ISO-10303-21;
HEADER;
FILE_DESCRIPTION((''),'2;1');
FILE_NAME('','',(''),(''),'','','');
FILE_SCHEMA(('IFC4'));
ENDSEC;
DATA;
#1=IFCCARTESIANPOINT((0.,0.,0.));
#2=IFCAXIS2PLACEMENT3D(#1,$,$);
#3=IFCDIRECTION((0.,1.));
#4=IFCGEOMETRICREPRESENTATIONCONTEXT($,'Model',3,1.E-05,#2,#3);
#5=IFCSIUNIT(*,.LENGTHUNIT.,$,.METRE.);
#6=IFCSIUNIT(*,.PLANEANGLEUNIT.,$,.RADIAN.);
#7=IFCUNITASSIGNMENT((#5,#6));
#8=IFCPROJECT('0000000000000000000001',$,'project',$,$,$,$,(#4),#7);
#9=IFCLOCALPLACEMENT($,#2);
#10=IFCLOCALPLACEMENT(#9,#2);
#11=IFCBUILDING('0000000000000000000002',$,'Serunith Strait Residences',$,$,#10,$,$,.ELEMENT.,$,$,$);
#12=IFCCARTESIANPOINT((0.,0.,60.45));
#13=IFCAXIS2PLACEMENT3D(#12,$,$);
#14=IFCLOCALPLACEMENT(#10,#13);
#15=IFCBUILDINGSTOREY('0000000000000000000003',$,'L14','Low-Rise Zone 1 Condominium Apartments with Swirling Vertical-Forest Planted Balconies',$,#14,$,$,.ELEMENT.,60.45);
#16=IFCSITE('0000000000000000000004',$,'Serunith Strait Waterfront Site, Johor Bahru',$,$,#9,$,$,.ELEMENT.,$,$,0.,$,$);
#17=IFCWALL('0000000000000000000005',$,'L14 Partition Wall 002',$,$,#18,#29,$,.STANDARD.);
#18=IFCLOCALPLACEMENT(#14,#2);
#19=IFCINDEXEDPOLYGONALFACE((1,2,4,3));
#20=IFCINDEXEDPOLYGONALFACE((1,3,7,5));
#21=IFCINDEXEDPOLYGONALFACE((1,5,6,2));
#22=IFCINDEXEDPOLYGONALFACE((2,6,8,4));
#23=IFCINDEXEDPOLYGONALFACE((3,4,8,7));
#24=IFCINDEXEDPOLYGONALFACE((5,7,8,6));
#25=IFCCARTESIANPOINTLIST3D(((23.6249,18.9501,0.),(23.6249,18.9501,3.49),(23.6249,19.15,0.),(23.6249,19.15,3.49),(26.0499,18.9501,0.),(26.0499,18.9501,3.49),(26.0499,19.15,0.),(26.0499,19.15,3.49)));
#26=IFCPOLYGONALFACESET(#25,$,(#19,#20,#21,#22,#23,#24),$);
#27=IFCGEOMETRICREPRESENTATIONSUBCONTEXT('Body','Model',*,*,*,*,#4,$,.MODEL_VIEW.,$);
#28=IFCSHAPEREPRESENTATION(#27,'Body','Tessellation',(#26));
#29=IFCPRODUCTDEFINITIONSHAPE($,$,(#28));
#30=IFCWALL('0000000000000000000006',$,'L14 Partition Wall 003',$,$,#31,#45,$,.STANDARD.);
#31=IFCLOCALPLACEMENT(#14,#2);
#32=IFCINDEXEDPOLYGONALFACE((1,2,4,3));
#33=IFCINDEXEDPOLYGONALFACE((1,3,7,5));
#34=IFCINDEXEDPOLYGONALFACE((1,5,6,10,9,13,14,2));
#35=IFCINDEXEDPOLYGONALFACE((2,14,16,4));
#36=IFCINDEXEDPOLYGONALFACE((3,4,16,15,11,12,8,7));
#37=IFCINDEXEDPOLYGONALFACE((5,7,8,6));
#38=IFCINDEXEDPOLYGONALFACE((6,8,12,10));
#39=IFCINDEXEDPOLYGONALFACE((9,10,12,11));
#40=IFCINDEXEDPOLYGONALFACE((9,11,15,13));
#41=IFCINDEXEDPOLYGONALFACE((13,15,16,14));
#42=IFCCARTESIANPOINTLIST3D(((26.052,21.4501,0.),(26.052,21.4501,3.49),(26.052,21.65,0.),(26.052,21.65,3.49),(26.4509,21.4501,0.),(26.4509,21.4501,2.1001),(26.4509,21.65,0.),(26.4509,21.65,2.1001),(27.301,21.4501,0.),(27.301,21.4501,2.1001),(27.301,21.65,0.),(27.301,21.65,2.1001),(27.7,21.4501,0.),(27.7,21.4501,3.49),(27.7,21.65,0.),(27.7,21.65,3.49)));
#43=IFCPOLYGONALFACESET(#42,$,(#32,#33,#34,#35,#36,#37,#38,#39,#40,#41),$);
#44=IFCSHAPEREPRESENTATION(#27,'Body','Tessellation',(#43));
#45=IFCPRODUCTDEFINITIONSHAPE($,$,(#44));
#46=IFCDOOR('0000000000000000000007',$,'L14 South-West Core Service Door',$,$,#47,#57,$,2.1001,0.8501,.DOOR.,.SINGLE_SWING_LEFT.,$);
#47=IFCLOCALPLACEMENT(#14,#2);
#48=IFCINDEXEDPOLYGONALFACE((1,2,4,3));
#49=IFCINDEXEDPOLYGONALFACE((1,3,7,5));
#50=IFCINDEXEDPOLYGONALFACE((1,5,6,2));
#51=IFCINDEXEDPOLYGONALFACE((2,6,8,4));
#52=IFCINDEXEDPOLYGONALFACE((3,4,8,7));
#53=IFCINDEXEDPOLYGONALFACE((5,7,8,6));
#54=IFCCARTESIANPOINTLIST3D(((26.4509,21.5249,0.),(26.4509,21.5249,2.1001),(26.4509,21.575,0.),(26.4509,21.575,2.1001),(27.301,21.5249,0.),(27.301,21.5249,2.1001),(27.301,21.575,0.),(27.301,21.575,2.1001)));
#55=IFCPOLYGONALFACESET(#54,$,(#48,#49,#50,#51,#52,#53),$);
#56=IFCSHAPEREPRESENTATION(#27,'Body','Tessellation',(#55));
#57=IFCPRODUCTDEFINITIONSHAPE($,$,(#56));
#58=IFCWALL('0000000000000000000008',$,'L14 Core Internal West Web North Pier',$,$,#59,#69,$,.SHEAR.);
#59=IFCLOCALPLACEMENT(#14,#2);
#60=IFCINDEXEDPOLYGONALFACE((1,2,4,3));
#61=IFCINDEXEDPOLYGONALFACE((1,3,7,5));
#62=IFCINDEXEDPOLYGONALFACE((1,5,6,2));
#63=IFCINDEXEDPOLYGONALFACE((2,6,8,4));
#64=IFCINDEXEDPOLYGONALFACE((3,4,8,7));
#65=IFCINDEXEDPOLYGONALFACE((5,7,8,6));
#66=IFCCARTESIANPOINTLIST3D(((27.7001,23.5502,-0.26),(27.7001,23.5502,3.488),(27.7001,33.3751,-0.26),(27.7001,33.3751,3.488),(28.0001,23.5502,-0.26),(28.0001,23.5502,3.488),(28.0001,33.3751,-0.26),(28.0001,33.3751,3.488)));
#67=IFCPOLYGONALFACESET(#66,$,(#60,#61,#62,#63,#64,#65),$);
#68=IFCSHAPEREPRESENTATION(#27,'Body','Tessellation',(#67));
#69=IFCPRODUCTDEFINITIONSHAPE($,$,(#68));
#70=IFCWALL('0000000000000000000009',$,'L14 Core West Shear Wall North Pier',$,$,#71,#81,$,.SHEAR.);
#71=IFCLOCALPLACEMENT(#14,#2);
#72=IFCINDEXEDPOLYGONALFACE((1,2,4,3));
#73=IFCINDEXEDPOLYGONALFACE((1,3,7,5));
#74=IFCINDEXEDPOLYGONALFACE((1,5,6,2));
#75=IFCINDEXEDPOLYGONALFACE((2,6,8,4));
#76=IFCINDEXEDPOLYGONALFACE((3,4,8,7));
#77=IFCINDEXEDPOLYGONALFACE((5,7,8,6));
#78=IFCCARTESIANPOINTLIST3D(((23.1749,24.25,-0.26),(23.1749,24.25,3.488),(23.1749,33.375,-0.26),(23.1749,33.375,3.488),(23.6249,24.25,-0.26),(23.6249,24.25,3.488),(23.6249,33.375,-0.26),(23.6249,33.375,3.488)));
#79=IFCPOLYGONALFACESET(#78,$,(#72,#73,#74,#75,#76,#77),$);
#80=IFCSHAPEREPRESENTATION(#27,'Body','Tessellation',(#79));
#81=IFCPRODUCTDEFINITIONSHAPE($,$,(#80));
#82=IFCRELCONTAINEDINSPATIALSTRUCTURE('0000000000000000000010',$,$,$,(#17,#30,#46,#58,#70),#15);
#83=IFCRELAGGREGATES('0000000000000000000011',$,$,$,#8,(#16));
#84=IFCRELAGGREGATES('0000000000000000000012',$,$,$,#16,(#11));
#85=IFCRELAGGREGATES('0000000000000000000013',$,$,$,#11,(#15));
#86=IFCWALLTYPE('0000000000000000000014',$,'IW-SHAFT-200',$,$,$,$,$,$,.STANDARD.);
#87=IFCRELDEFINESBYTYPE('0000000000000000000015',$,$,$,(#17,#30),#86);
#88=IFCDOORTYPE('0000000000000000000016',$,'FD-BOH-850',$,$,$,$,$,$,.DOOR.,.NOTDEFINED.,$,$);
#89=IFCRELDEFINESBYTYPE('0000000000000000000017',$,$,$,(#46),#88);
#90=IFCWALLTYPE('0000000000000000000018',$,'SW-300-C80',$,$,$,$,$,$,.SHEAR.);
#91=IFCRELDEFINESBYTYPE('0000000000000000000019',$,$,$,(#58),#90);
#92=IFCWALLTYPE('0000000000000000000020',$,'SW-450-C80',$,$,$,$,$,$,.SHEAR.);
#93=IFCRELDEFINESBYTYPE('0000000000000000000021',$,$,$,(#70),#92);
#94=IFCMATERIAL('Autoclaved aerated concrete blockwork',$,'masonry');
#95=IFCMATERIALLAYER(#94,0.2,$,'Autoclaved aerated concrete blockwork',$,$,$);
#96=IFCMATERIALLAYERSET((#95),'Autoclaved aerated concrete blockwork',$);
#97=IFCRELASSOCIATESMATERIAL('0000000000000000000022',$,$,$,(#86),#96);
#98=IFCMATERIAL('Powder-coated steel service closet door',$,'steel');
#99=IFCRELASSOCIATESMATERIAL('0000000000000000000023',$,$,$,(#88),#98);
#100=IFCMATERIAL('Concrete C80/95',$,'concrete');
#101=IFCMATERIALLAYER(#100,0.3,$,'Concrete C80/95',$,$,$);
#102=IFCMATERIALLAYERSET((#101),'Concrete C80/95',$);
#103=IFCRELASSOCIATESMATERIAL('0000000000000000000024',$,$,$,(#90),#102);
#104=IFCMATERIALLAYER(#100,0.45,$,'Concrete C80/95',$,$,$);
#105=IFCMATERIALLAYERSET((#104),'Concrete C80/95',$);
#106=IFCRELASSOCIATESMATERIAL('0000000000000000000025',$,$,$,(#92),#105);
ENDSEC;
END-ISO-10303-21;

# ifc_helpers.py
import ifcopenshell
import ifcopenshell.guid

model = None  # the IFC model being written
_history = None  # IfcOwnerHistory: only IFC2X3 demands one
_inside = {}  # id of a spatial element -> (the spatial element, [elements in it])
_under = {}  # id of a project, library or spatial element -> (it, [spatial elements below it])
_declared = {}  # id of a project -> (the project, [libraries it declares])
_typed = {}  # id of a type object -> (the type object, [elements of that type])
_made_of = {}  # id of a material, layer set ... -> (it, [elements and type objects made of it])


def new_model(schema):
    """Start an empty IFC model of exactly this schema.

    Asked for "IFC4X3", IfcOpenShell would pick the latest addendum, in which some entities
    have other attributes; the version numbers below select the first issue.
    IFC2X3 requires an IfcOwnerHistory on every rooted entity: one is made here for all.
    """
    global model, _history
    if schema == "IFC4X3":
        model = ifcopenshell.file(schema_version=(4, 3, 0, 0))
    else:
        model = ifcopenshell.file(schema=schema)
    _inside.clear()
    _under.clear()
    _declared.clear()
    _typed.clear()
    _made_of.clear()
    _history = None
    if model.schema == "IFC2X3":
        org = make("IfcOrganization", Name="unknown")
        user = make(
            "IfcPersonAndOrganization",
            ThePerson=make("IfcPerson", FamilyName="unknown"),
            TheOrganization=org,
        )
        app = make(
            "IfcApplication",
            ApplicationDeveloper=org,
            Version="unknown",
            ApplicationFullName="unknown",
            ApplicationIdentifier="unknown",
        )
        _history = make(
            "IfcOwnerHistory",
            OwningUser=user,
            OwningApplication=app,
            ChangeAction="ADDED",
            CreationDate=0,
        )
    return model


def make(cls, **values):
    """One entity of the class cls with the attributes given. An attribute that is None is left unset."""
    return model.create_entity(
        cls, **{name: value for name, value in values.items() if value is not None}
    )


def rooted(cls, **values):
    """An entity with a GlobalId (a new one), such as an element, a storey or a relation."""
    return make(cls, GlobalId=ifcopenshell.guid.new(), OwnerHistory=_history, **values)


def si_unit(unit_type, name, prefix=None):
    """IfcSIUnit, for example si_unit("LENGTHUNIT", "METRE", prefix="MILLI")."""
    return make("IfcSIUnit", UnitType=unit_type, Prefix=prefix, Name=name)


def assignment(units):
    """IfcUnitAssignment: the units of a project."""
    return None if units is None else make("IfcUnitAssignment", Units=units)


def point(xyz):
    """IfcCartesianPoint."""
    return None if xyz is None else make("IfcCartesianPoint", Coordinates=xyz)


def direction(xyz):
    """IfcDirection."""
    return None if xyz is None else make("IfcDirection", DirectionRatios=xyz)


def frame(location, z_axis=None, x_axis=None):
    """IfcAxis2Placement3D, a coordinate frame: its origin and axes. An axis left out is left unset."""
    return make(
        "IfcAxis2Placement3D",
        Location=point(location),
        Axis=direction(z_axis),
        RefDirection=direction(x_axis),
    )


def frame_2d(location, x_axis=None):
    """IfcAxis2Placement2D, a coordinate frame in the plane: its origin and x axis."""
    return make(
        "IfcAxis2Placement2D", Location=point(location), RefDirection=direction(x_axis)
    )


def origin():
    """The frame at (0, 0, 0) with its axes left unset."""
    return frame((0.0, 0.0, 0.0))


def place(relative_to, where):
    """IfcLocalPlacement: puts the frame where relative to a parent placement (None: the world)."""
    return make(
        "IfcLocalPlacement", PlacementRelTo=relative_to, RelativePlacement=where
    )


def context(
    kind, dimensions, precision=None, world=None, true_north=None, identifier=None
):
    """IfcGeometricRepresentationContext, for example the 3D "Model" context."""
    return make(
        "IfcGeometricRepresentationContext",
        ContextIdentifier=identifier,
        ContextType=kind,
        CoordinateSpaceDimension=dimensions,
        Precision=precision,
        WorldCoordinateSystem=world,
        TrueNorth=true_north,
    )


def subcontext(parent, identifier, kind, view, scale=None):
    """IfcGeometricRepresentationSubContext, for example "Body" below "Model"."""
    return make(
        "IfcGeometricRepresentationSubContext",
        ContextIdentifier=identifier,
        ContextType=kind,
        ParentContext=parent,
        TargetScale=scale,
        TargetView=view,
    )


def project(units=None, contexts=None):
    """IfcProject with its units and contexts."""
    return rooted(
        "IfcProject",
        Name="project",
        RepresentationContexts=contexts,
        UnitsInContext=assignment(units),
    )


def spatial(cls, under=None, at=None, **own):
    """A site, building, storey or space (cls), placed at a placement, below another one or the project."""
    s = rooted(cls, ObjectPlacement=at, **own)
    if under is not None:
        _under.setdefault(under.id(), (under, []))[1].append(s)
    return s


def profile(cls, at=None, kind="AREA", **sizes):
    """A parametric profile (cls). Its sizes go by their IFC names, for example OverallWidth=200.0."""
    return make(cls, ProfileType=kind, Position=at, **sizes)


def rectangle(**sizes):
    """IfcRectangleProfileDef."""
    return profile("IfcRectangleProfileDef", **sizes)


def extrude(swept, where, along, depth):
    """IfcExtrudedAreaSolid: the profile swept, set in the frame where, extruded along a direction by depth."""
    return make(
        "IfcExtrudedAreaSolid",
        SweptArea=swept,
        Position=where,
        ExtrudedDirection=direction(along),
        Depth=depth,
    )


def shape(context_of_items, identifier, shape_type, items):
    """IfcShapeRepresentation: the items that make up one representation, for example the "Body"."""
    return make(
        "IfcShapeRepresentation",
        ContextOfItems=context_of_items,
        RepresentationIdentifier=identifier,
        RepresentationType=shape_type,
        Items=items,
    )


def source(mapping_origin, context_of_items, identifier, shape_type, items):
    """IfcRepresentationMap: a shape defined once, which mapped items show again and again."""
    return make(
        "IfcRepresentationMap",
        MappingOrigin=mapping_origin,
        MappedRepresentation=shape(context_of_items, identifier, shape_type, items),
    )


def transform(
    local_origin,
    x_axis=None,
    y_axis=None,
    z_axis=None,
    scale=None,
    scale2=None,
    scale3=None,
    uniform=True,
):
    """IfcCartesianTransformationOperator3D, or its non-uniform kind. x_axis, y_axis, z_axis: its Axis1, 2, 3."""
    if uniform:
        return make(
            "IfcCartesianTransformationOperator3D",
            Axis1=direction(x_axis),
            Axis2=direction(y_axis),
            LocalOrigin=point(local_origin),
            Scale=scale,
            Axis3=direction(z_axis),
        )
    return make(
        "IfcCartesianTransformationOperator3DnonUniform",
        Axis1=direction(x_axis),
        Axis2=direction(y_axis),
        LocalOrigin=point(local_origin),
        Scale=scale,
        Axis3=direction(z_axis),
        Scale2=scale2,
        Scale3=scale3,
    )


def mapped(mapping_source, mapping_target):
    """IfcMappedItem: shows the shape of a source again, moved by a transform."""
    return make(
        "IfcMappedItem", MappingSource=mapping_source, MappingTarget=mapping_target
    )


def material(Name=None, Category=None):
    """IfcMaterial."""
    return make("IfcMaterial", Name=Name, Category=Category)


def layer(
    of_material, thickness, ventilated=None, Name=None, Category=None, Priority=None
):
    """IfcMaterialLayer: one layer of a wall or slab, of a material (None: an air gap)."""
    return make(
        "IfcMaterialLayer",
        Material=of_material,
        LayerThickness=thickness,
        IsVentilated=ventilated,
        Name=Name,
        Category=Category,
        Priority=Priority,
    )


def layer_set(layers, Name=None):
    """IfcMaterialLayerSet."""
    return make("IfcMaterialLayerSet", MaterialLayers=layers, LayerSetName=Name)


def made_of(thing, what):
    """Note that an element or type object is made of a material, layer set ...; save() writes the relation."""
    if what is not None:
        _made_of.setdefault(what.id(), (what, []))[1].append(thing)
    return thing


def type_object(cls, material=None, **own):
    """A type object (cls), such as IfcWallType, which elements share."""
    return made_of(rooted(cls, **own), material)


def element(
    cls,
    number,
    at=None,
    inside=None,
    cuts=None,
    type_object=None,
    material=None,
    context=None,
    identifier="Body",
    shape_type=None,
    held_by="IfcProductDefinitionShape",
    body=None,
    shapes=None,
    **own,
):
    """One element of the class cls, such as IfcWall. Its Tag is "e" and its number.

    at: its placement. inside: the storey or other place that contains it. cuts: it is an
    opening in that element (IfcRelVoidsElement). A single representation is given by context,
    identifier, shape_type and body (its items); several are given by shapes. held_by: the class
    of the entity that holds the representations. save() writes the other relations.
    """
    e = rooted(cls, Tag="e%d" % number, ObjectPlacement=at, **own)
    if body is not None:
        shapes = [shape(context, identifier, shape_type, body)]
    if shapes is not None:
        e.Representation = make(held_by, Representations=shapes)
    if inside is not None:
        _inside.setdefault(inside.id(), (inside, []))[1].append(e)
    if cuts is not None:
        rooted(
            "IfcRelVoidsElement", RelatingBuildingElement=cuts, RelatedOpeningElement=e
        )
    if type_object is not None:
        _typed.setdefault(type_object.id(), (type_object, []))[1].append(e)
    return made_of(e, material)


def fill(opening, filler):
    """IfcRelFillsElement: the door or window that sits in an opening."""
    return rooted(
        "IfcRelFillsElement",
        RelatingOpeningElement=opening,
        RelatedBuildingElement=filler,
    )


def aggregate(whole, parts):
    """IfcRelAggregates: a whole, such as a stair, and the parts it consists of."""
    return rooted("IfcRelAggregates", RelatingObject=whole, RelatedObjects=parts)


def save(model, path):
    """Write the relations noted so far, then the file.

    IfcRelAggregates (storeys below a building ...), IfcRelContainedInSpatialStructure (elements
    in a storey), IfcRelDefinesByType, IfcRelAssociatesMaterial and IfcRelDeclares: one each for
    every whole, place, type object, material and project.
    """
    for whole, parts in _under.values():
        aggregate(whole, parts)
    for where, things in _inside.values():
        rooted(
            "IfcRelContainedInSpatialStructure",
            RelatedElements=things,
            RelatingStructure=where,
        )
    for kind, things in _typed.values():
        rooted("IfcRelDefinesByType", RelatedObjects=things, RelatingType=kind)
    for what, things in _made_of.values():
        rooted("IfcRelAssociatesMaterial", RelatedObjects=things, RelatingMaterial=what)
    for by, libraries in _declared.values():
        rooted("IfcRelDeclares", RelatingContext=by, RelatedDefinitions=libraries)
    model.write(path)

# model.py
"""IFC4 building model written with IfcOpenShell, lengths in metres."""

from ifc_helpers import new_model, si_unit, direction, frame, frame_2d, origin, place, context, subcontext, project, spatial, rectangle, extrude, source, transform, mapped, material, layer, layer_set, type_object, element, fill, save


model = new_model("IFC4")

# Units and contexts
model_context = context("Model", 3, precision=1e-05, world=origin(), true_north=direction((0.0, 1.0)))
body_context = subcontext(model_context, "Body", "Model", "MODEL_VIEW")
ifc_project = project(units=[si_unit("LENGTHUNIT", "METRE"), si_unit("PLANEANGLEUNIT", "RADIAN")], contexts=[model_context])

# Site, building, storey
site_placement = place(None, origin())
site = spatial("IfcSite", under=ifc_project, at=site_placement, Name="Serunith Strait Waterfront Site, Johor Bahru", CompositionType="ELEMENT", RefElevation=0.0)
building_placement = place(site_placement, origin())
building = spatial("IfcBuilding", under=site, at=building_placement, Name="Serunith Strait Residences", CompositionType="ELEMENT")
storey_placement = place(building_placement, frame((0.0, 0.0, 60.45)))
storey = spatial("IfcBuildingStorey", under=building, at=storey_placement, Name="L14", Description="Low-Rise Zone 1 Condominium Apartments with Swirling Vertical-Forest Planted Balconies", CompositionType="ELEMENT", Elevation=60.45)

# Shared definitions
shared_shape_1 = source(origin(), body_context, "Body", "SweptSolid", [
    extrude(rectangle(XDim=0.8501, YDim=2.1001, at=frame_2d((0.425, 1.05))), frame((0.0, 0.0249, 0.0), z_axis=(0.0, -1.0, 0.0), x_axis=(1.0, 0.0, 0.0)), (0.0, 0.0, 1.0), 0.05),
])
ifc_material_1 = material(Name="Autoclaved aerated concrete blockwork", Category="masonry")
ifc_layer_1 = layer(ifc_material_1, 0.2, Name="Autoclaved aerated concrete blockwork")
ifc_layer_set_1 = layer_set([ifc_layer_1], Name="Autoclaved aerated concrete blockwork")
wall_type_1 = type_object("IfcWallType", Name="IW-SHAFT-200", PredefinedType="STANDARD", material=ifc_layer_set_1)

# Wall
wall_1_placement = place(storey_placement, frame((23.625, 19.05, 0.0), z_axis=(0.0, 0.0, 1.0), x_axis=(1.0, 0.0, 0.0)))
element("IfcWall", 1, at=wall_1_placement, inside=storey, type_object=wall_type_1, Name="L14 Partition Wall 002", PredefinedType="STANDARD", context=body_context, shape_type="SweptSolid", body=[
    extrude(rectangle(XDim=2.425, YDim=0.2, at=frame_2d((1.2124, 0.0))), origin(), (0.0, 0.0, 1.0), 3.49),
])

# Wall, opening, door
wall_2_placement = place(storey_placement, frame((26.052, 21.55, 0.0), z_axis=(0.0, 0.0, 1.0), x_axis=(1.0, 0.0, 0.0)))
wall_2 = element("IfcWall", 2, at=wall_2_placement, inside=storey, type_object=wall_type_1, Name="L14 Partition Wall 003", PredefinedType="STANDARD", context=body_context, shape_type="SweptSolid", body=[
    extrude(rectangle(XDim=1.6479, YDim=0.2, at=frame_2d((0.824, 0.0))), origin(), (0.0, 0.0, 1.0), 3.49),
])
opening_1_placement = place(wall_2_placement, frame((0.3989, 0.0, 0.0)))
opening_1 = element("IfcOpeningElement", 3, at=opening_1_placement, cuts=wall_2, PredefinedType="OPENING", context=body_context, shape_type="SweptSolid", body=[
    extrude(rectangle(XDim=0.8501, YDim=2.1001, at=frame_2d((0.425, 1.05))), frame((0.0, 0.1099, 0.0), z_axis=(0.0, -1.0, 0.0), x_axis=(1.0, 0.0, 0.0)), (0.0, 0.0, 1.0), 0.22),
])
ifc_material_2 = material(Name="Powder-coated steel service closet door", Category="steel")
door_type_1 = type_object("IfcDoorType", Name="FD-BOH-850", OperationType="NOTDEFINED", PredefinedType="DOOR", material=ifc_material_2)
door_1_placement = place(opening_1_placement, origin())
door_1 = element("IfcDoor", 4, at=door_1_placement, inside=storey, type_object=door_type_1, Name="L14 South-West Core Service Door", OperationType="SINGLE_SWING_LEFT", OverallHeight=2.1001, OverallWidth=0.8501, PredefinedType="DOOR", context=body_context, shape_type="MappedRepresentation", body=[
    mapped(shared_shape_1, transform((0.0, 0.0, 0.0), scale=1.0)),
])
fill(opening_1, door_1)

# Walls
ifc_material_3 = material(Name="Concrete C80/95", Category="concrete")
ifc_layer_2 = layer(ifc_material_3, 0.3, Name="Concrete C80/95")
ifc_layer_set_2 = layer_set([ifc_layer_2], Name="Concrete C80/95")
wall_type_2 = type_object("IfcWallType", Name="SW-300-C80", PredefinedType="SHEAR", material=ifc_layer_set_2)
wall_3_placement = place(storey_placement, frame((27.8501, 23.55, -0.26), z_axis=(0.0, 0.0, 1.0), x_axis=(0.0, 1.0, 0.0)))
element("IfcWall", 5, at=wall_3_placement, inside=storey, type_object=wall_type_2, Name="L14 Core Internal West Web North Pier", PredefinedType="SHEAR", context=body_context, shape_type="SweptSolid", body=[
    extrude(rectangle(XDim=9.825, YDim=0.3, at=frame_2d((4.9126, 0.0))), origin(), (0.0, 0.0, 1.0), 3.748),
])
ifc_layer_3 = layer(ifc_material_3, 0.45, Name="Concrete C80/95")
ifc_layer_set_3 = layer_set([ifc_layer_3], Name="Concrete C80/95")
wall_type_3 = type_object("IfcWallType", Name="SW-450-C80", PredefinedType="SHEAR", material=ifc_layer_set_3)
wall_4_placement = place(storey_placement, frame((23.3999, 24.25, -0.26), z_axis=(0.0, 0.0, 1.0), x_axis=(0.0, 1.0, 0.0)))
element("IfcWall", 6, at=wall_4_placement, inside=storey, type_object=wall_type_3, Name="L14 Core West Shear Wall North Pier", PredefinedType="SHEAR", context=body_context, shape_type="SweptSolid", body=[
    extrude(rectangle(XDim=9.125, YDim=0.45, at=frame_2d((4.5625, 0.0))), origin(), (0.0, 0.0, 1.0), 3.748),
])

save(model, "model.ifc")
